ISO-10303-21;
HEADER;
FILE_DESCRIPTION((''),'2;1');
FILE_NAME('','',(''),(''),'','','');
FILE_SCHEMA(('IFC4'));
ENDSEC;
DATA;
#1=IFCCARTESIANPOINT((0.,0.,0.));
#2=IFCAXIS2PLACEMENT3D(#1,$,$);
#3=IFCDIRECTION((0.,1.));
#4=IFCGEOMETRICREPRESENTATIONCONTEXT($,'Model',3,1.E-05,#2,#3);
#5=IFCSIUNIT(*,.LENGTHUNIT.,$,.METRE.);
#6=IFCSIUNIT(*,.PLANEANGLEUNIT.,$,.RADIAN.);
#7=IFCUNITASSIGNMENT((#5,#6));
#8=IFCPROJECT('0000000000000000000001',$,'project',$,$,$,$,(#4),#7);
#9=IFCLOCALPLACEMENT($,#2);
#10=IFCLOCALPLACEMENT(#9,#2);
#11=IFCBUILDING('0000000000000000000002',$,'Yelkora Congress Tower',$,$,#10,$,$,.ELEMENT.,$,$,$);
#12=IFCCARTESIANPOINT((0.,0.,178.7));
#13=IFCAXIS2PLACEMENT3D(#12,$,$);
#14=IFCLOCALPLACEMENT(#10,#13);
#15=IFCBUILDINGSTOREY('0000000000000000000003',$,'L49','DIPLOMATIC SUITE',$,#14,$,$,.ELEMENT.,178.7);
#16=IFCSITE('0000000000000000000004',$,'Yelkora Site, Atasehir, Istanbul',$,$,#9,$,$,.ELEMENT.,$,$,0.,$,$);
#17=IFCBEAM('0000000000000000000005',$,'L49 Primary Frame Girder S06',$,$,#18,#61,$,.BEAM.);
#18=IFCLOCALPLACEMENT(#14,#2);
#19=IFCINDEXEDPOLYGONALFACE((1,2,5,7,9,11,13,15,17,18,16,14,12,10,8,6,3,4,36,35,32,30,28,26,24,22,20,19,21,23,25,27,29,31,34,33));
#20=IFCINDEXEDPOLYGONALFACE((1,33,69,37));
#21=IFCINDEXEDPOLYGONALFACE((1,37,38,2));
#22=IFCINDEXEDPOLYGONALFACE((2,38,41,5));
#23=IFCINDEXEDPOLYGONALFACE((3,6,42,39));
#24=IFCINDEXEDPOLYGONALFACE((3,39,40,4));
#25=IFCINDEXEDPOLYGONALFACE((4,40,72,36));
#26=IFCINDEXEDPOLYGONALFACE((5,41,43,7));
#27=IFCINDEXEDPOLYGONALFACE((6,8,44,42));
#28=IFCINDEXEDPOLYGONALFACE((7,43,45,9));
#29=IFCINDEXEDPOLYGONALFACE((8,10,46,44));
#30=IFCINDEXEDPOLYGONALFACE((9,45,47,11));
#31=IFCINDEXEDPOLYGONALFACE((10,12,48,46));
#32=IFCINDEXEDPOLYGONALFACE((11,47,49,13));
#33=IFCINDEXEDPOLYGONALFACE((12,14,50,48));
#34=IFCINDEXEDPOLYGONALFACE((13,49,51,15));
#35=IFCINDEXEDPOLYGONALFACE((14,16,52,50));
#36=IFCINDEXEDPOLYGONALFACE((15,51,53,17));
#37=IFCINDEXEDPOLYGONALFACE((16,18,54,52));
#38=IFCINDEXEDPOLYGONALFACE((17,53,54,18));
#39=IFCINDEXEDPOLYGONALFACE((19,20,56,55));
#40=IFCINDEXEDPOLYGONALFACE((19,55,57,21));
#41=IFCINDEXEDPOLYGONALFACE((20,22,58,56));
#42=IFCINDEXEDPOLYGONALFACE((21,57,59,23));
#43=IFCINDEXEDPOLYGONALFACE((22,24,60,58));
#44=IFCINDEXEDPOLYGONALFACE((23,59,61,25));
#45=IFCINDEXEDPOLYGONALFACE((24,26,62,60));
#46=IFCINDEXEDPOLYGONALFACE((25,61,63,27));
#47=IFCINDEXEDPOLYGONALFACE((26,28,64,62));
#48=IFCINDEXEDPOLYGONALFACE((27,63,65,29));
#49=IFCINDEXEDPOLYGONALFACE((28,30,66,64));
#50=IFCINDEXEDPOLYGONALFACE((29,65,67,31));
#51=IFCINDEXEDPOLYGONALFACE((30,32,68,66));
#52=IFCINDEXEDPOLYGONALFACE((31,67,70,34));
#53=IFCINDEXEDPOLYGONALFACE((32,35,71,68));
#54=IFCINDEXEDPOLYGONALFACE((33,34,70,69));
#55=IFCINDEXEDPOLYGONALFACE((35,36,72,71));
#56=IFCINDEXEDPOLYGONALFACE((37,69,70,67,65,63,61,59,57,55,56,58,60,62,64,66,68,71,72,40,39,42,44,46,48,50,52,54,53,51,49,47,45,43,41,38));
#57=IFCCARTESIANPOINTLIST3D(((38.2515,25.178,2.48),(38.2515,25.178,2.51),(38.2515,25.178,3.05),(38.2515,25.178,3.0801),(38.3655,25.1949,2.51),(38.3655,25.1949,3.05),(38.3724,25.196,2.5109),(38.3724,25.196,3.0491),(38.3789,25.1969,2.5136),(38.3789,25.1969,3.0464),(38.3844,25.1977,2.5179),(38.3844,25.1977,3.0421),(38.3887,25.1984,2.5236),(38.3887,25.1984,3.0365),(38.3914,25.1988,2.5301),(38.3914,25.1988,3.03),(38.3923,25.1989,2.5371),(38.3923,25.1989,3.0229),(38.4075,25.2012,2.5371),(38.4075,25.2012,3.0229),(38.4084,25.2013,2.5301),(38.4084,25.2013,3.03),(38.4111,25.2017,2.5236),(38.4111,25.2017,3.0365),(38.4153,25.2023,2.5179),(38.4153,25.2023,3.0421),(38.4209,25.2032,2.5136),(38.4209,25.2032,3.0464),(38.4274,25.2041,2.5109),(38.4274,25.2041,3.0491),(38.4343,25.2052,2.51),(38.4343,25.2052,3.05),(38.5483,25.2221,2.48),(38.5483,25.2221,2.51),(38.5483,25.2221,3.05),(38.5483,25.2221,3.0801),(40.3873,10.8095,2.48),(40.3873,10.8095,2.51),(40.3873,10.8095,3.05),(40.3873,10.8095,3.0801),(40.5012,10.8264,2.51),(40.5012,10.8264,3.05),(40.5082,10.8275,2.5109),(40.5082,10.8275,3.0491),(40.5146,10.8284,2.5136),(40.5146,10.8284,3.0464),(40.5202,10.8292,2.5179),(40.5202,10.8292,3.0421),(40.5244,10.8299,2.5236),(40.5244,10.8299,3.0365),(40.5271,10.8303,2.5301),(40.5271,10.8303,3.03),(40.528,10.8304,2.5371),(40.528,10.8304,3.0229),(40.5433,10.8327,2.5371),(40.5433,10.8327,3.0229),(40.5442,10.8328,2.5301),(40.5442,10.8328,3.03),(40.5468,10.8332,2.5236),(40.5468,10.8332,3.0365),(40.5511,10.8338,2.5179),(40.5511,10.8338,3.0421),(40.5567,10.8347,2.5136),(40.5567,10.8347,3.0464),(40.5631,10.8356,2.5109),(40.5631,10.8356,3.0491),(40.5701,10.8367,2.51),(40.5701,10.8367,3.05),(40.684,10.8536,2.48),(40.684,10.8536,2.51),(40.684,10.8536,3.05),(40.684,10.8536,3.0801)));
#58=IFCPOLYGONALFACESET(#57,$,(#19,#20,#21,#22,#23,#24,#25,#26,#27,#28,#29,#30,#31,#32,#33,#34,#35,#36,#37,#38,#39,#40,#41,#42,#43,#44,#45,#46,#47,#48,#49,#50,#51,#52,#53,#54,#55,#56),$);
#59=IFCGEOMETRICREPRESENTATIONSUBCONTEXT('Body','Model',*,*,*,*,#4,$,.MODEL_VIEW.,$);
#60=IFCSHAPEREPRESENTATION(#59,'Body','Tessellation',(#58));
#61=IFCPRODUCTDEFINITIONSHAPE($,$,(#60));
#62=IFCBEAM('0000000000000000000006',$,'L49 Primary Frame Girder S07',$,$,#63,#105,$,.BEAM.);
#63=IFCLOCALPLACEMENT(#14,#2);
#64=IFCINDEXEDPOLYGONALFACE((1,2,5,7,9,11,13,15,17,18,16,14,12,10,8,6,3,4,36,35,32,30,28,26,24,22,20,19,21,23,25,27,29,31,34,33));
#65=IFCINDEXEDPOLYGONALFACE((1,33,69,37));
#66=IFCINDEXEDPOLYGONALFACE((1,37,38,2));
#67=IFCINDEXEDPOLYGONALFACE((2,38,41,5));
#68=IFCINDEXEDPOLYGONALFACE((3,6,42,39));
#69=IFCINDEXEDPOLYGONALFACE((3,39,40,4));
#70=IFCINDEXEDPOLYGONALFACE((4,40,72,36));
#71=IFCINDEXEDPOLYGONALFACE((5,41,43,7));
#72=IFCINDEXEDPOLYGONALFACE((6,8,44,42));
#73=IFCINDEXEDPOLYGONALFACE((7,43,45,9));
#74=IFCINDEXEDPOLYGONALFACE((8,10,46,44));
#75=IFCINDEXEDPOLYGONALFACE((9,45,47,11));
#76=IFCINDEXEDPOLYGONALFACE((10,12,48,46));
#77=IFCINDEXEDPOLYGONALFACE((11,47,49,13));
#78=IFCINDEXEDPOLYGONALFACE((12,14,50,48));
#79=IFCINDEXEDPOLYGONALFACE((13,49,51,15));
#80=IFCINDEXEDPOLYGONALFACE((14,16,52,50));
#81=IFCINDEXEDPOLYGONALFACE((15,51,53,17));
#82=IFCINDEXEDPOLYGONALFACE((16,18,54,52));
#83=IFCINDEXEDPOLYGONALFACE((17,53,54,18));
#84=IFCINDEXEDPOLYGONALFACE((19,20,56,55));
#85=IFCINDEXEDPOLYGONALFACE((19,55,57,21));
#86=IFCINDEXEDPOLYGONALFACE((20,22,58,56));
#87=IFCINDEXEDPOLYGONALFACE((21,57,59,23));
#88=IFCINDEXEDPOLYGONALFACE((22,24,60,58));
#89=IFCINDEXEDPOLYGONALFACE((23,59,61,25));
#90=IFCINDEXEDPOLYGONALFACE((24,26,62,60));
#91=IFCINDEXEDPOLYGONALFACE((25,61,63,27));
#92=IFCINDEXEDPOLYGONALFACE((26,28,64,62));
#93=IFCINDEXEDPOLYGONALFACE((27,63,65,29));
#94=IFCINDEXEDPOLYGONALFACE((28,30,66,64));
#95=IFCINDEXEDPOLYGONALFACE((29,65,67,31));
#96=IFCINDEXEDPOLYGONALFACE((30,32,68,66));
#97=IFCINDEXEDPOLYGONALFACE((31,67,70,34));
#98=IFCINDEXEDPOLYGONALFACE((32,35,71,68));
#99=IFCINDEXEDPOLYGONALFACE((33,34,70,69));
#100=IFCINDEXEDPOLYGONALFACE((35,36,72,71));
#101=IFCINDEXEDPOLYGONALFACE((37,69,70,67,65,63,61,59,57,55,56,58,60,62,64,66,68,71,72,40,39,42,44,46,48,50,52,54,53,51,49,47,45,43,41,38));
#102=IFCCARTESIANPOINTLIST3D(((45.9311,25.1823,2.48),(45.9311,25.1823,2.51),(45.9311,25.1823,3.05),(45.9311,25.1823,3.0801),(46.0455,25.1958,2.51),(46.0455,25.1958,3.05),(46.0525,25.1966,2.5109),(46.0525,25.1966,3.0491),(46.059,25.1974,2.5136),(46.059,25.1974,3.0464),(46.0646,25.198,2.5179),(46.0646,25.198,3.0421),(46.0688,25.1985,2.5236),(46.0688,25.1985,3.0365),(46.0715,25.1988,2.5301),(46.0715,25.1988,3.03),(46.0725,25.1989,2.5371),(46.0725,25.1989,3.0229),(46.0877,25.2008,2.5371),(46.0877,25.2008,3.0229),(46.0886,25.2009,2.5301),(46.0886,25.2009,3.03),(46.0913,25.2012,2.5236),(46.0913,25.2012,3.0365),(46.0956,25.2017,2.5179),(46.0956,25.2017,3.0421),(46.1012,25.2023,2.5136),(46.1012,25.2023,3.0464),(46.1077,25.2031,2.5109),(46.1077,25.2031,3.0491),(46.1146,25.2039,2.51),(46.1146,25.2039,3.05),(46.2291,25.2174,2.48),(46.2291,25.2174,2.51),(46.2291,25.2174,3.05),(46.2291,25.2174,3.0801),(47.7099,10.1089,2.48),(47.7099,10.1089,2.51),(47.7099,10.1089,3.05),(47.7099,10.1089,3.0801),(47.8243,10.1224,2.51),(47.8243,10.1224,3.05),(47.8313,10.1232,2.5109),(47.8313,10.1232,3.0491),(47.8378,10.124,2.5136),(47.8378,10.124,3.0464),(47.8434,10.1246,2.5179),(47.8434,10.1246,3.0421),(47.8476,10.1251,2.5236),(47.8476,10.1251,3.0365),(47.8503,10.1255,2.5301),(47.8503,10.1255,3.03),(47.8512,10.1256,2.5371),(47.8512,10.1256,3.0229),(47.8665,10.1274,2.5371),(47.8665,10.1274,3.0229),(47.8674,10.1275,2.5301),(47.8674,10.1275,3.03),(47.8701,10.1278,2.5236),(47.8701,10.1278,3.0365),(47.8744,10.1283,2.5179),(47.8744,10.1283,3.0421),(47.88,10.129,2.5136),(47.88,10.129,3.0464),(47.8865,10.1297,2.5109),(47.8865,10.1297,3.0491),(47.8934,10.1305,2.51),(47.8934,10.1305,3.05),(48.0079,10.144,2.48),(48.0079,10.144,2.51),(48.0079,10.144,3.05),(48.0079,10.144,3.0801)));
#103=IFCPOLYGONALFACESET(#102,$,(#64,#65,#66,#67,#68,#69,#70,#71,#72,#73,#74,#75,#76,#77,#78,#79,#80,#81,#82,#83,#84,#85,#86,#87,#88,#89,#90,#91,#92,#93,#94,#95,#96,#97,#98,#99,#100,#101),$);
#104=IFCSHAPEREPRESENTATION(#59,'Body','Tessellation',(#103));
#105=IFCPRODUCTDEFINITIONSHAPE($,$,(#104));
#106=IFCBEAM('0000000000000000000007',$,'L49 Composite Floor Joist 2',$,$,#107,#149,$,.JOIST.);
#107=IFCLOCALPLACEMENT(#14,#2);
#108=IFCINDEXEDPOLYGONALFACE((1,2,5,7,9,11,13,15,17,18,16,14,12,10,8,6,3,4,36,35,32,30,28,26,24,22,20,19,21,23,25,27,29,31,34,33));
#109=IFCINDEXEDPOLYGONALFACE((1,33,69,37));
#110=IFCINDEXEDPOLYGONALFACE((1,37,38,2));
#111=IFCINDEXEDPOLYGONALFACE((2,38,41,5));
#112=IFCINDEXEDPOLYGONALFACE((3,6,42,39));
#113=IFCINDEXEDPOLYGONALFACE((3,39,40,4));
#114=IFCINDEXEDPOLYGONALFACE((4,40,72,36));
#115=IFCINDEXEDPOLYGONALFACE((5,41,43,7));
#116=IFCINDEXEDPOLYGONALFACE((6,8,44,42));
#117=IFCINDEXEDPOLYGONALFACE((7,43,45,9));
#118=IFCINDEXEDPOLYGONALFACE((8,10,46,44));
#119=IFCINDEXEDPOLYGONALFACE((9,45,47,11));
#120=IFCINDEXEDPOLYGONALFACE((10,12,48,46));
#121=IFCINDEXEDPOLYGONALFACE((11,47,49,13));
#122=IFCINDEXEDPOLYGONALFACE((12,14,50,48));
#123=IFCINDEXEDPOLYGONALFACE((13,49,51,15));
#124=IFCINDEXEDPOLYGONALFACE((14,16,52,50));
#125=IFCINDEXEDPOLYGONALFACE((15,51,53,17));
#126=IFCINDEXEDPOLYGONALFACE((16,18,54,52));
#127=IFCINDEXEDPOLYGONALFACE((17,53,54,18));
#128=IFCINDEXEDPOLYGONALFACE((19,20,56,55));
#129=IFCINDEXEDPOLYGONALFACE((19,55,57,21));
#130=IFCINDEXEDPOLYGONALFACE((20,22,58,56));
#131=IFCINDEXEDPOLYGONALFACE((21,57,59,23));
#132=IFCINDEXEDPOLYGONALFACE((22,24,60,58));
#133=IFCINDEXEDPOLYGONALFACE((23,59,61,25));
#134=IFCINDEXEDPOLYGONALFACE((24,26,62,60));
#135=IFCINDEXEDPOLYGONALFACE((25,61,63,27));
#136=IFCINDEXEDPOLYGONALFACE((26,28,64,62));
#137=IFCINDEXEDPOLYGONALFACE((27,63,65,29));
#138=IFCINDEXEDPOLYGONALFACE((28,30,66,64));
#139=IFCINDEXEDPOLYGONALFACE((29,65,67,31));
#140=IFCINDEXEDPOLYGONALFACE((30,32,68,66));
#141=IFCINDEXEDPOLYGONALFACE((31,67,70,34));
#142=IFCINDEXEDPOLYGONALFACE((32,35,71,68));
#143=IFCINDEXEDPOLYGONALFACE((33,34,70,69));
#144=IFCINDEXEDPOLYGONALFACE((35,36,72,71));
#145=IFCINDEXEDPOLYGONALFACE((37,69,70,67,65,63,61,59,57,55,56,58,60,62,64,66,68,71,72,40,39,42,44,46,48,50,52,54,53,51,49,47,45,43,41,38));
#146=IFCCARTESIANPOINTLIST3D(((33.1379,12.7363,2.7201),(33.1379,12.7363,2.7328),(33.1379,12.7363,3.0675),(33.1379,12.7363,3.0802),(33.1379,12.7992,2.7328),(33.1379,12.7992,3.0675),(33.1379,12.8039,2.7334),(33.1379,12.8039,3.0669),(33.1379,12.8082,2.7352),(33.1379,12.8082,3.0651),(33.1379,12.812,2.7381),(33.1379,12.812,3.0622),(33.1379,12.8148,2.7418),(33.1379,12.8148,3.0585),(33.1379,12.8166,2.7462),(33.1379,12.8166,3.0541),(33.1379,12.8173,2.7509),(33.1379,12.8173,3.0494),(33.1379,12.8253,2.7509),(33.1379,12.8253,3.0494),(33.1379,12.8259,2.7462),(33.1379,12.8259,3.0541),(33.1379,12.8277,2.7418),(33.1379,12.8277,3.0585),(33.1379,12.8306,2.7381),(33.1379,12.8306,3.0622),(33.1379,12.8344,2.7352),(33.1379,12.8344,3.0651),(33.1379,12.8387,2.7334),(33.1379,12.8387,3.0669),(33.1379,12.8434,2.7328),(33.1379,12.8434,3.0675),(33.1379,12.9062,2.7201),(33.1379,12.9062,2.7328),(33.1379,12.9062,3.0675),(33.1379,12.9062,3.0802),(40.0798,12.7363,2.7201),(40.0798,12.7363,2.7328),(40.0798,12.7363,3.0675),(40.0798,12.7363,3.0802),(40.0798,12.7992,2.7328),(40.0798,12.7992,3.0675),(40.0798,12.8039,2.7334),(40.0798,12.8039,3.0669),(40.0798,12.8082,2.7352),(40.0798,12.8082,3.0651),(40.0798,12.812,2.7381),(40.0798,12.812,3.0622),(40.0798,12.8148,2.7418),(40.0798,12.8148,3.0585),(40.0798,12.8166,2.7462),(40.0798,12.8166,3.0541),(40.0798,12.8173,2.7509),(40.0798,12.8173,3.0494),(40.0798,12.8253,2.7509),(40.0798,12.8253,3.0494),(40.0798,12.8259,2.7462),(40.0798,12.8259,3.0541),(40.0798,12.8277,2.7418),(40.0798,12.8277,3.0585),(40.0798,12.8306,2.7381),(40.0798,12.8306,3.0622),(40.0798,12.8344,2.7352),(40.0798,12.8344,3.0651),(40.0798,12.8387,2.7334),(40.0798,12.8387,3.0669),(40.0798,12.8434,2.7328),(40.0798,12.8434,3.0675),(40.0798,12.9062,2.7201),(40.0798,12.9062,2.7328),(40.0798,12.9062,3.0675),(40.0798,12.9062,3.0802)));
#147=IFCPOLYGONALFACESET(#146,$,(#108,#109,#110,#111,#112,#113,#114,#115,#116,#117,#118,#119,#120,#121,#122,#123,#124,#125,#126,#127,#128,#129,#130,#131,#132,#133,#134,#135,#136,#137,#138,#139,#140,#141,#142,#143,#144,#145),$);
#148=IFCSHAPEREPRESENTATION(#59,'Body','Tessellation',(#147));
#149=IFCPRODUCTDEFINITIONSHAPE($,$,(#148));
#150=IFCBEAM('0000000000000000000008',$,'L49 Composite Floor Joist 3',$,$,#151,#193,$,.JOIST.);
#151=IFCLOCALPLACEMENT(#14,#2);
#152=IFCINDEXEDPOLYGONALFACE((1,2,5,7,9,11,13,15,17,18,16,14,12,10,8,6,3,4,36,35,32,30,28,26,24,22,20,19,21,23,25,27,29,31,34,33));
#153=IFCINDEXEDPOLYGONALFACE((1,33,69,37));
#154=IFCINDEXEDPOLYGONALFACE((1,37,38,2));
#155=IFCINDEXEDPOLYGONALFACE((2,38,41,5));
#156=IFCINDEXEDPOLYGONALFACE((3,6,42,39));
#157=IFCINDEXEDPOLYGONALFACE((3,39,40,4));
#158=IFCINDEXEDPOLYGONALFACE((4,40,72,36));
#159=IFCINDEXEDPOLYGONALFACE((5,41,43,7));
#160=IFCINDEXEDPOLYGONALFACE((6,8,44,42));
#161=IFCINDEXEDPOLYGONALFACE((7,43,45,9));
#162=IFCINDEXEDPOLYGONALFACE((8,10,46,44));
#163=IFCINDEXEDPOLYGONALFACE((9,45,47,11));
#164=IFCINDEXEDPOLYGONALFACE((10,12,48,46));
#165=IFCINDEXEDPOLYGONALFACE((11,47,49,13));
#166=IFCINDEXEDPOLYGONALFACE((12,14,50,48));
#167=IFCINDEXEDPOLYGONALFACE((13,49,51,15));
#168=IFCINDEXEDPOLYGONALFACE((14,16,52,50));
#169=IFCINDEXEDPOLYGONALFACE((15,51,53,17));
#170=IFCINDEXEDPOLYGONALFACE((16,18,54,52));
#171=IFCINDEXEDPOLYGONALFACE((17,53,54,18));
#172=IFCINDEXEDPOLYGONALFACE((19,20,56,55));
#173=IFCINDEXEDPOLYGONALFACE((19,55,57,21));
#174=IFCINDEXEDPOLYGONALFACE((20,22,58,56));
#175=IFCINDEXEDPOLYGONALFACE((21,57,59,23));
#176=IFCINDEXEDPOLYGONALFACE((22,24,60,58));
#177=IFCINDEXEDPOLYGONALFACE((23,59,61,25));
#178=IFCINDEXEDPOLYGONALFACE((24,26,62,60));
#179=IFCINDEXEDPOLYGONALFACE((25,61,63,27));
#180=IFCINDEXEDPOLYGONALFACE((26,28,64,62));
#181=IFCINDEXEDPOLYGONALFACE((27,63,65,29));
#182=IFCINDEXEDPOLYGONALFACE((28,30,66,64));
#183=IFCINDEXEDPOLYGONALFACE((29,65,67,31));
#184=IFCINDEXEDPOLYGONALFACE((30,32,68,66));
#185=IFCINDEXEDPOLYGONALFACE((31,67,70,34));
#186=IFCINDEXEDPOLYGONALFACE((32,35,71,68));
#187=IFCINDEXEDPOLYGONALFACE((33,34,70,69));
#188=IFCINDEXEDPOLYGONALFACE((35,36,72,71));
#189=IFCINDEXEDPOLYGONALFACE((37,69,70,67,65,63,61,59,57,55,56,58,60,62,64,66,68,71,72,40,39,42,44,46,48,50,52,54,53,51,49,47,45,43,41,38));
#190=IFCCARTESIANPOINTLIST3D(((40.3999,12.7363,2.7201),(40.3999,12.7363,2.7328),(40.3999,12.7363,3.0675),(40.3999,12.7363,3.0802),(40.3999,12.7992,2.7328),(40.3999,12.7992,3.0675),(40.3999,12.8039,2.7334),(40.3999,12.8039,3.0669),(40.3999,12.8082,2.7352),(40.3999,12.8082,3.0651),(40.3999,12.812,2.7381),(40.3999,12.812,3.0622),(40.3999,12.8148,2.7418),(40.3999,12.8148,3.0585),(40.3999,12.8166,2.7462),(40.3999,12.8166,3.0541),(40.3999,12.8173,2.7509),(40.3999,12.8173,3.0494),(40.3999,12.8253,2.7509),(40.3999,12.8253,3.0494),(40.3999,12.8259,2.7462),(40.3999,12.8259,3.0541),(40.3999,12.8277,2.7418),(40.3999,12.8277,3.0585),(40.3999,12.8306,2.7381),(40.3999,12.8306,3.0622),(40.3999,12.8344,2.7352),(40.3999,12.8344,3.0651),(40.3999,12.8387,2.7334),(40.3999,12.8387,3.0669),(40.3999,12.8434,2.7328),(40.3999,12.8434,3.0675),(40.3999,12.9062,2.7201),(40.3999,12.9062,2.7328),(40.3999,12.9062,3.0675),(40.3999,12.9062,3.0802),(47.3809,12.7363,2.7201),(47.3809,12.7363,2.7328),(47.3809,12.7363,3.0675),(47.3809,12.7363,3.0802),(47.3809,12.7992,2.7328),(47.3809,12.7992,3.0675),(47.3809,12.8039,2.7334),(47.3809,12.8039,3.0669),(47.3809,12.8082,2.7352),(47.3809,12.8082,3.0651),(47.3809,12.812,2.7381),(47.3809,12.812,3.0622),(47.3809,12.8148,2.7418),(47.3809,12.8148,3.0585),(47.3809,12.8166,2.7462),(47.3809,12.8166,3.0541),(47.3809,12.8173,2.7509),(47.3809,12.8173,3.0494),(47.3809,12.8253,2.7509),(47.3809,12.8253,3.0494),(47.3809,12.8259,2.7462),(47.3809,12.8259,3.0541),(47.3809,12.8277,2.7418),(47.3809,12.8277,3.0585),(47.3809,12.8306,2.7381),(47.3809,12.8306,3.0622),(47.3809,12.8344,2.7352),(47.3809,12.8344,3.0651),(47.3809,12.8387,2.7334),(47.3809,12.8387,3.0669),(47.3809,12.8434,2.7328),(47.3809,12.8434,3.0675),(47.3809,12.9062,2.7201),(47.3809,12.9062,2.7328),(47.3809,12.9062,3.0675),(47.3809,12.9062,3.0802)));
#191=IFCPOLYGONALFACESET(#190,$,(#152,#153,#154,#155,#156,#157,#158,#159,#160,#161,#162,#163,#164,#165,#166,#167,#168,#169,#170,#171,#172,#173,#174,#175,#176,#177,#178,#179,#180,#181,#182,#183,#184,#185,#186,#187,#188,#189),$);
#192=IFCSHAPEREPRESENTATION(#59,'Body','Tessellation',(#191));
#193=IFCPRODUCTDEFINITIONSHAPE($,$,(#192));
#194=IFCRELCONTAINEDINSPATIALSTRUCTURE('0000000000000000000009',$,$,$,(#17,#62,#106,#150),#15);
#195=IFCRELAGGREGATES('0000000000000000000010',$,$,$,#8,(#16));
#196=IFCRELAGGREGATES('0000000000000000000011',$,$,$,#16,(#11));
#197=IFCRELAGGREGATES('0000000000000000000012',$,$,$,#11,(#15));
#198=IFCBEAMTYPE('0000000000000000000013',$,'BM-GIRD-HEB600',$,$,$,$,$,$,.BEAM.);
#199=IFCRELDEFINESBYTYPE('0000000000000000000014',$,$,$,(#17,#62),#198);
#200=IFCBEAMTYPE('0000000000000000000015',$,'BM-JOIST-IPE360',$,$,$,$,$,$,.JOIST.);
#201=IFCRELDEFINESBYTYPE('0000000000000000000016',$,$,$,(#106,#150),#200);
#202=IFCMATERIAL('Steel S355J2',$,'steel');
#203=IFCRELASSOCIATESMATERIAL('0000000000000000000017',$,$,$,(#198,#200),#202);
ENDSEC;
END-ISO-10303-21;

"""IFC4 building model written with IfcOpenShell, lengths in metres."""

from ifc_helpers import new_model, si_unit, direction, frame, origin, origin_2d, place, context, subcontext, project, spatial, i_section, extrude, material, material_profile, profile_set, type_object, element, save


model = new_model("IFC4")

# Units and contexts
model_context = context("Model", 3, precision=1e-05, world=origin(), true_north=direction((0.0, 1.0)))
body_context = subcontext(model_context, "Body", "Model", "MODEL_VIEW")
ifc_project = project(units=[si_unit("LENGTHUNIT", "METRE"), si_unit("PLANEANGLEUNIT", "RADIAN")], contexts=[model_context])

# Site, building, storey
site_placement = place(None, origin())
site = spatial("IfcSite", under=ifc_project, at=site_placement, Name="Yelkora Site, Atasehir, Istanbul", CompositionType="ELEMENT", RefElevation=0.0)
building_placement = place(site_placement, origin())
building = spatial("IfcBuilding", under=site, at=building_placement, Name="Yelkora Congress Tower", CompositionType="ELEMENT")
storey_placement = place(building_placement, frame((0.0, 0.0, 178.7)))
storey = spatial("IfcBuildingStorey", under=building, at=storey_placement, Name="L49", Description="DIPLOMATIC SUITE", CompositionType="ELEMENT", Elevation=178.7)

# Beams
ifc_material_1 = material(Name="Steel S355J2", Category="steel")
ifc_material_profile_1 = material_profile(ifc_material_1, i_section(OverallWidth=0.3, OverallDepth=0.6001, WebThickness=0.0154, FlangeThickness=0.03, FilletRadius=0.0271, at=origin_2d()), Name="HEB 600")
ifc_profile_set_1 = profile_set([ifc_material_profile_1], Name="Steel S355J2")
beam_type_1 = type_object("IfcBeamType", Name="BM-GIRD-HEB600", PredefinedType="BEAM", material=ifc_profile_set_1)
beam_1_placement = place(storey_placement, frame((40.5356, 10.8315, 2.78), z_axis=(-0.147026, 0.989133, 0.0), x_axis=(-0.989133, -0.147026, 0.0)))
element("IfcBeam", 1, at=beam_1_placement, inside=storey, type_object=beam_type_1, Name="L49 Primary Frame Girder S06", PredefinedType="BEAM", context=body_context, shape_type="SweptSolid", body=[
    extrude(i_section(OverallWidth=0.3, OverallDepth=0.6001, WebThickness=0.0154, FlangeThickness=0.03, FilletRadius=0.0271, at=origin_2d()), origin(), (0.0, 0.0, 1.0), 14.5264),
])
beam_2_placement = place(storey_placement, frame((47.8589, 10.1265, 2.78), z_axis=(-0.117196, 0.993109, 0.0), x_axis=(-0.993109, -0.117196, 0.0)))
element("IfcBeam", 2, at=beam_2_placement, inside=storey, type_object=beam_type_1, Name="L49 Primary Frame Girder S07", PredefinedType="BEAM", context=body_context, shape_type="SweptSolid", body=[
    extrude(i_section(OverallWidth=0.3, OverallDepth=0.6001, WebThickness=0.0154, FlangeThickness=0.03, FilletRadius=0.0271, at=origin_2d()), origin(), (0.0, 0.0, 1.0), 15.178),
])
ifc_material_profile_2 = material_profile(ifc_material_1, i_section(OverallWidth=0.1699, OverallDepth=0.3601, WebThickness=0.0081, FlangeThickness=0.0127, FilletRadius=0.0181, at=origin_2d()), Name="IPE 360")
ifc_profile_set_2 = profile_set([ifc_material_profile_2], Name="Steel S355J2")
beam_type_2 = type_object("IfcBeamType", Name="BM-JOIST-IPE360", PredefinedType="JOIST", material=ifc_profile_set_2)
beam_3_placement = place(storey_placement, frame((33.1379, 12.8213, 2.9001), z_axis=(1.0, 0.0, 0.0), x_axis=(0.0, 1.0, 0.0)))
element("IfcBeam", 3, at=beam_3_placement, inside=storey, type_object=beam_type_2, Name="L49 Composite Floor Joist 2", PredefinedType="JOIST", context=body_context, shape_type="SweptSolid", body=[
    extrude(i_section(OverallWidth=0.1699, OverallDepth=0.3601, WebThickness=0.0081, FlangeThickness=0.0127, FilletRadius=0.0181, at=origin_2d()), origin(), (0.0, 0.0, 1.0), 6.9419),
])
beam_4_placement = place(storey_placement, frame((40.3999, 12.8213, 2.9001), z_axis=(1.0, 0.0, 0.0), x_axis=(0.0, 1.0, 0.0)))
element("IfcBeam", 4, at=beam_4_placement, inside=storey, type_object=beam_type_2, Name="L49 Composite Floor Joist 3", PredefinedType="JOIST", context=body_context, shape_type="SweptSolid", body=[
    extrude(i_section(OverallWidth=0.1699, OverallDepth=0.3601, WebThickness=0.0081, FlangeThickness=0.0127, FilletRadius=0.0181, at=origin_2d()), origin(), (0.0, 0.0, 1.0), 6.981),
])

save(model, "model.ifc")
